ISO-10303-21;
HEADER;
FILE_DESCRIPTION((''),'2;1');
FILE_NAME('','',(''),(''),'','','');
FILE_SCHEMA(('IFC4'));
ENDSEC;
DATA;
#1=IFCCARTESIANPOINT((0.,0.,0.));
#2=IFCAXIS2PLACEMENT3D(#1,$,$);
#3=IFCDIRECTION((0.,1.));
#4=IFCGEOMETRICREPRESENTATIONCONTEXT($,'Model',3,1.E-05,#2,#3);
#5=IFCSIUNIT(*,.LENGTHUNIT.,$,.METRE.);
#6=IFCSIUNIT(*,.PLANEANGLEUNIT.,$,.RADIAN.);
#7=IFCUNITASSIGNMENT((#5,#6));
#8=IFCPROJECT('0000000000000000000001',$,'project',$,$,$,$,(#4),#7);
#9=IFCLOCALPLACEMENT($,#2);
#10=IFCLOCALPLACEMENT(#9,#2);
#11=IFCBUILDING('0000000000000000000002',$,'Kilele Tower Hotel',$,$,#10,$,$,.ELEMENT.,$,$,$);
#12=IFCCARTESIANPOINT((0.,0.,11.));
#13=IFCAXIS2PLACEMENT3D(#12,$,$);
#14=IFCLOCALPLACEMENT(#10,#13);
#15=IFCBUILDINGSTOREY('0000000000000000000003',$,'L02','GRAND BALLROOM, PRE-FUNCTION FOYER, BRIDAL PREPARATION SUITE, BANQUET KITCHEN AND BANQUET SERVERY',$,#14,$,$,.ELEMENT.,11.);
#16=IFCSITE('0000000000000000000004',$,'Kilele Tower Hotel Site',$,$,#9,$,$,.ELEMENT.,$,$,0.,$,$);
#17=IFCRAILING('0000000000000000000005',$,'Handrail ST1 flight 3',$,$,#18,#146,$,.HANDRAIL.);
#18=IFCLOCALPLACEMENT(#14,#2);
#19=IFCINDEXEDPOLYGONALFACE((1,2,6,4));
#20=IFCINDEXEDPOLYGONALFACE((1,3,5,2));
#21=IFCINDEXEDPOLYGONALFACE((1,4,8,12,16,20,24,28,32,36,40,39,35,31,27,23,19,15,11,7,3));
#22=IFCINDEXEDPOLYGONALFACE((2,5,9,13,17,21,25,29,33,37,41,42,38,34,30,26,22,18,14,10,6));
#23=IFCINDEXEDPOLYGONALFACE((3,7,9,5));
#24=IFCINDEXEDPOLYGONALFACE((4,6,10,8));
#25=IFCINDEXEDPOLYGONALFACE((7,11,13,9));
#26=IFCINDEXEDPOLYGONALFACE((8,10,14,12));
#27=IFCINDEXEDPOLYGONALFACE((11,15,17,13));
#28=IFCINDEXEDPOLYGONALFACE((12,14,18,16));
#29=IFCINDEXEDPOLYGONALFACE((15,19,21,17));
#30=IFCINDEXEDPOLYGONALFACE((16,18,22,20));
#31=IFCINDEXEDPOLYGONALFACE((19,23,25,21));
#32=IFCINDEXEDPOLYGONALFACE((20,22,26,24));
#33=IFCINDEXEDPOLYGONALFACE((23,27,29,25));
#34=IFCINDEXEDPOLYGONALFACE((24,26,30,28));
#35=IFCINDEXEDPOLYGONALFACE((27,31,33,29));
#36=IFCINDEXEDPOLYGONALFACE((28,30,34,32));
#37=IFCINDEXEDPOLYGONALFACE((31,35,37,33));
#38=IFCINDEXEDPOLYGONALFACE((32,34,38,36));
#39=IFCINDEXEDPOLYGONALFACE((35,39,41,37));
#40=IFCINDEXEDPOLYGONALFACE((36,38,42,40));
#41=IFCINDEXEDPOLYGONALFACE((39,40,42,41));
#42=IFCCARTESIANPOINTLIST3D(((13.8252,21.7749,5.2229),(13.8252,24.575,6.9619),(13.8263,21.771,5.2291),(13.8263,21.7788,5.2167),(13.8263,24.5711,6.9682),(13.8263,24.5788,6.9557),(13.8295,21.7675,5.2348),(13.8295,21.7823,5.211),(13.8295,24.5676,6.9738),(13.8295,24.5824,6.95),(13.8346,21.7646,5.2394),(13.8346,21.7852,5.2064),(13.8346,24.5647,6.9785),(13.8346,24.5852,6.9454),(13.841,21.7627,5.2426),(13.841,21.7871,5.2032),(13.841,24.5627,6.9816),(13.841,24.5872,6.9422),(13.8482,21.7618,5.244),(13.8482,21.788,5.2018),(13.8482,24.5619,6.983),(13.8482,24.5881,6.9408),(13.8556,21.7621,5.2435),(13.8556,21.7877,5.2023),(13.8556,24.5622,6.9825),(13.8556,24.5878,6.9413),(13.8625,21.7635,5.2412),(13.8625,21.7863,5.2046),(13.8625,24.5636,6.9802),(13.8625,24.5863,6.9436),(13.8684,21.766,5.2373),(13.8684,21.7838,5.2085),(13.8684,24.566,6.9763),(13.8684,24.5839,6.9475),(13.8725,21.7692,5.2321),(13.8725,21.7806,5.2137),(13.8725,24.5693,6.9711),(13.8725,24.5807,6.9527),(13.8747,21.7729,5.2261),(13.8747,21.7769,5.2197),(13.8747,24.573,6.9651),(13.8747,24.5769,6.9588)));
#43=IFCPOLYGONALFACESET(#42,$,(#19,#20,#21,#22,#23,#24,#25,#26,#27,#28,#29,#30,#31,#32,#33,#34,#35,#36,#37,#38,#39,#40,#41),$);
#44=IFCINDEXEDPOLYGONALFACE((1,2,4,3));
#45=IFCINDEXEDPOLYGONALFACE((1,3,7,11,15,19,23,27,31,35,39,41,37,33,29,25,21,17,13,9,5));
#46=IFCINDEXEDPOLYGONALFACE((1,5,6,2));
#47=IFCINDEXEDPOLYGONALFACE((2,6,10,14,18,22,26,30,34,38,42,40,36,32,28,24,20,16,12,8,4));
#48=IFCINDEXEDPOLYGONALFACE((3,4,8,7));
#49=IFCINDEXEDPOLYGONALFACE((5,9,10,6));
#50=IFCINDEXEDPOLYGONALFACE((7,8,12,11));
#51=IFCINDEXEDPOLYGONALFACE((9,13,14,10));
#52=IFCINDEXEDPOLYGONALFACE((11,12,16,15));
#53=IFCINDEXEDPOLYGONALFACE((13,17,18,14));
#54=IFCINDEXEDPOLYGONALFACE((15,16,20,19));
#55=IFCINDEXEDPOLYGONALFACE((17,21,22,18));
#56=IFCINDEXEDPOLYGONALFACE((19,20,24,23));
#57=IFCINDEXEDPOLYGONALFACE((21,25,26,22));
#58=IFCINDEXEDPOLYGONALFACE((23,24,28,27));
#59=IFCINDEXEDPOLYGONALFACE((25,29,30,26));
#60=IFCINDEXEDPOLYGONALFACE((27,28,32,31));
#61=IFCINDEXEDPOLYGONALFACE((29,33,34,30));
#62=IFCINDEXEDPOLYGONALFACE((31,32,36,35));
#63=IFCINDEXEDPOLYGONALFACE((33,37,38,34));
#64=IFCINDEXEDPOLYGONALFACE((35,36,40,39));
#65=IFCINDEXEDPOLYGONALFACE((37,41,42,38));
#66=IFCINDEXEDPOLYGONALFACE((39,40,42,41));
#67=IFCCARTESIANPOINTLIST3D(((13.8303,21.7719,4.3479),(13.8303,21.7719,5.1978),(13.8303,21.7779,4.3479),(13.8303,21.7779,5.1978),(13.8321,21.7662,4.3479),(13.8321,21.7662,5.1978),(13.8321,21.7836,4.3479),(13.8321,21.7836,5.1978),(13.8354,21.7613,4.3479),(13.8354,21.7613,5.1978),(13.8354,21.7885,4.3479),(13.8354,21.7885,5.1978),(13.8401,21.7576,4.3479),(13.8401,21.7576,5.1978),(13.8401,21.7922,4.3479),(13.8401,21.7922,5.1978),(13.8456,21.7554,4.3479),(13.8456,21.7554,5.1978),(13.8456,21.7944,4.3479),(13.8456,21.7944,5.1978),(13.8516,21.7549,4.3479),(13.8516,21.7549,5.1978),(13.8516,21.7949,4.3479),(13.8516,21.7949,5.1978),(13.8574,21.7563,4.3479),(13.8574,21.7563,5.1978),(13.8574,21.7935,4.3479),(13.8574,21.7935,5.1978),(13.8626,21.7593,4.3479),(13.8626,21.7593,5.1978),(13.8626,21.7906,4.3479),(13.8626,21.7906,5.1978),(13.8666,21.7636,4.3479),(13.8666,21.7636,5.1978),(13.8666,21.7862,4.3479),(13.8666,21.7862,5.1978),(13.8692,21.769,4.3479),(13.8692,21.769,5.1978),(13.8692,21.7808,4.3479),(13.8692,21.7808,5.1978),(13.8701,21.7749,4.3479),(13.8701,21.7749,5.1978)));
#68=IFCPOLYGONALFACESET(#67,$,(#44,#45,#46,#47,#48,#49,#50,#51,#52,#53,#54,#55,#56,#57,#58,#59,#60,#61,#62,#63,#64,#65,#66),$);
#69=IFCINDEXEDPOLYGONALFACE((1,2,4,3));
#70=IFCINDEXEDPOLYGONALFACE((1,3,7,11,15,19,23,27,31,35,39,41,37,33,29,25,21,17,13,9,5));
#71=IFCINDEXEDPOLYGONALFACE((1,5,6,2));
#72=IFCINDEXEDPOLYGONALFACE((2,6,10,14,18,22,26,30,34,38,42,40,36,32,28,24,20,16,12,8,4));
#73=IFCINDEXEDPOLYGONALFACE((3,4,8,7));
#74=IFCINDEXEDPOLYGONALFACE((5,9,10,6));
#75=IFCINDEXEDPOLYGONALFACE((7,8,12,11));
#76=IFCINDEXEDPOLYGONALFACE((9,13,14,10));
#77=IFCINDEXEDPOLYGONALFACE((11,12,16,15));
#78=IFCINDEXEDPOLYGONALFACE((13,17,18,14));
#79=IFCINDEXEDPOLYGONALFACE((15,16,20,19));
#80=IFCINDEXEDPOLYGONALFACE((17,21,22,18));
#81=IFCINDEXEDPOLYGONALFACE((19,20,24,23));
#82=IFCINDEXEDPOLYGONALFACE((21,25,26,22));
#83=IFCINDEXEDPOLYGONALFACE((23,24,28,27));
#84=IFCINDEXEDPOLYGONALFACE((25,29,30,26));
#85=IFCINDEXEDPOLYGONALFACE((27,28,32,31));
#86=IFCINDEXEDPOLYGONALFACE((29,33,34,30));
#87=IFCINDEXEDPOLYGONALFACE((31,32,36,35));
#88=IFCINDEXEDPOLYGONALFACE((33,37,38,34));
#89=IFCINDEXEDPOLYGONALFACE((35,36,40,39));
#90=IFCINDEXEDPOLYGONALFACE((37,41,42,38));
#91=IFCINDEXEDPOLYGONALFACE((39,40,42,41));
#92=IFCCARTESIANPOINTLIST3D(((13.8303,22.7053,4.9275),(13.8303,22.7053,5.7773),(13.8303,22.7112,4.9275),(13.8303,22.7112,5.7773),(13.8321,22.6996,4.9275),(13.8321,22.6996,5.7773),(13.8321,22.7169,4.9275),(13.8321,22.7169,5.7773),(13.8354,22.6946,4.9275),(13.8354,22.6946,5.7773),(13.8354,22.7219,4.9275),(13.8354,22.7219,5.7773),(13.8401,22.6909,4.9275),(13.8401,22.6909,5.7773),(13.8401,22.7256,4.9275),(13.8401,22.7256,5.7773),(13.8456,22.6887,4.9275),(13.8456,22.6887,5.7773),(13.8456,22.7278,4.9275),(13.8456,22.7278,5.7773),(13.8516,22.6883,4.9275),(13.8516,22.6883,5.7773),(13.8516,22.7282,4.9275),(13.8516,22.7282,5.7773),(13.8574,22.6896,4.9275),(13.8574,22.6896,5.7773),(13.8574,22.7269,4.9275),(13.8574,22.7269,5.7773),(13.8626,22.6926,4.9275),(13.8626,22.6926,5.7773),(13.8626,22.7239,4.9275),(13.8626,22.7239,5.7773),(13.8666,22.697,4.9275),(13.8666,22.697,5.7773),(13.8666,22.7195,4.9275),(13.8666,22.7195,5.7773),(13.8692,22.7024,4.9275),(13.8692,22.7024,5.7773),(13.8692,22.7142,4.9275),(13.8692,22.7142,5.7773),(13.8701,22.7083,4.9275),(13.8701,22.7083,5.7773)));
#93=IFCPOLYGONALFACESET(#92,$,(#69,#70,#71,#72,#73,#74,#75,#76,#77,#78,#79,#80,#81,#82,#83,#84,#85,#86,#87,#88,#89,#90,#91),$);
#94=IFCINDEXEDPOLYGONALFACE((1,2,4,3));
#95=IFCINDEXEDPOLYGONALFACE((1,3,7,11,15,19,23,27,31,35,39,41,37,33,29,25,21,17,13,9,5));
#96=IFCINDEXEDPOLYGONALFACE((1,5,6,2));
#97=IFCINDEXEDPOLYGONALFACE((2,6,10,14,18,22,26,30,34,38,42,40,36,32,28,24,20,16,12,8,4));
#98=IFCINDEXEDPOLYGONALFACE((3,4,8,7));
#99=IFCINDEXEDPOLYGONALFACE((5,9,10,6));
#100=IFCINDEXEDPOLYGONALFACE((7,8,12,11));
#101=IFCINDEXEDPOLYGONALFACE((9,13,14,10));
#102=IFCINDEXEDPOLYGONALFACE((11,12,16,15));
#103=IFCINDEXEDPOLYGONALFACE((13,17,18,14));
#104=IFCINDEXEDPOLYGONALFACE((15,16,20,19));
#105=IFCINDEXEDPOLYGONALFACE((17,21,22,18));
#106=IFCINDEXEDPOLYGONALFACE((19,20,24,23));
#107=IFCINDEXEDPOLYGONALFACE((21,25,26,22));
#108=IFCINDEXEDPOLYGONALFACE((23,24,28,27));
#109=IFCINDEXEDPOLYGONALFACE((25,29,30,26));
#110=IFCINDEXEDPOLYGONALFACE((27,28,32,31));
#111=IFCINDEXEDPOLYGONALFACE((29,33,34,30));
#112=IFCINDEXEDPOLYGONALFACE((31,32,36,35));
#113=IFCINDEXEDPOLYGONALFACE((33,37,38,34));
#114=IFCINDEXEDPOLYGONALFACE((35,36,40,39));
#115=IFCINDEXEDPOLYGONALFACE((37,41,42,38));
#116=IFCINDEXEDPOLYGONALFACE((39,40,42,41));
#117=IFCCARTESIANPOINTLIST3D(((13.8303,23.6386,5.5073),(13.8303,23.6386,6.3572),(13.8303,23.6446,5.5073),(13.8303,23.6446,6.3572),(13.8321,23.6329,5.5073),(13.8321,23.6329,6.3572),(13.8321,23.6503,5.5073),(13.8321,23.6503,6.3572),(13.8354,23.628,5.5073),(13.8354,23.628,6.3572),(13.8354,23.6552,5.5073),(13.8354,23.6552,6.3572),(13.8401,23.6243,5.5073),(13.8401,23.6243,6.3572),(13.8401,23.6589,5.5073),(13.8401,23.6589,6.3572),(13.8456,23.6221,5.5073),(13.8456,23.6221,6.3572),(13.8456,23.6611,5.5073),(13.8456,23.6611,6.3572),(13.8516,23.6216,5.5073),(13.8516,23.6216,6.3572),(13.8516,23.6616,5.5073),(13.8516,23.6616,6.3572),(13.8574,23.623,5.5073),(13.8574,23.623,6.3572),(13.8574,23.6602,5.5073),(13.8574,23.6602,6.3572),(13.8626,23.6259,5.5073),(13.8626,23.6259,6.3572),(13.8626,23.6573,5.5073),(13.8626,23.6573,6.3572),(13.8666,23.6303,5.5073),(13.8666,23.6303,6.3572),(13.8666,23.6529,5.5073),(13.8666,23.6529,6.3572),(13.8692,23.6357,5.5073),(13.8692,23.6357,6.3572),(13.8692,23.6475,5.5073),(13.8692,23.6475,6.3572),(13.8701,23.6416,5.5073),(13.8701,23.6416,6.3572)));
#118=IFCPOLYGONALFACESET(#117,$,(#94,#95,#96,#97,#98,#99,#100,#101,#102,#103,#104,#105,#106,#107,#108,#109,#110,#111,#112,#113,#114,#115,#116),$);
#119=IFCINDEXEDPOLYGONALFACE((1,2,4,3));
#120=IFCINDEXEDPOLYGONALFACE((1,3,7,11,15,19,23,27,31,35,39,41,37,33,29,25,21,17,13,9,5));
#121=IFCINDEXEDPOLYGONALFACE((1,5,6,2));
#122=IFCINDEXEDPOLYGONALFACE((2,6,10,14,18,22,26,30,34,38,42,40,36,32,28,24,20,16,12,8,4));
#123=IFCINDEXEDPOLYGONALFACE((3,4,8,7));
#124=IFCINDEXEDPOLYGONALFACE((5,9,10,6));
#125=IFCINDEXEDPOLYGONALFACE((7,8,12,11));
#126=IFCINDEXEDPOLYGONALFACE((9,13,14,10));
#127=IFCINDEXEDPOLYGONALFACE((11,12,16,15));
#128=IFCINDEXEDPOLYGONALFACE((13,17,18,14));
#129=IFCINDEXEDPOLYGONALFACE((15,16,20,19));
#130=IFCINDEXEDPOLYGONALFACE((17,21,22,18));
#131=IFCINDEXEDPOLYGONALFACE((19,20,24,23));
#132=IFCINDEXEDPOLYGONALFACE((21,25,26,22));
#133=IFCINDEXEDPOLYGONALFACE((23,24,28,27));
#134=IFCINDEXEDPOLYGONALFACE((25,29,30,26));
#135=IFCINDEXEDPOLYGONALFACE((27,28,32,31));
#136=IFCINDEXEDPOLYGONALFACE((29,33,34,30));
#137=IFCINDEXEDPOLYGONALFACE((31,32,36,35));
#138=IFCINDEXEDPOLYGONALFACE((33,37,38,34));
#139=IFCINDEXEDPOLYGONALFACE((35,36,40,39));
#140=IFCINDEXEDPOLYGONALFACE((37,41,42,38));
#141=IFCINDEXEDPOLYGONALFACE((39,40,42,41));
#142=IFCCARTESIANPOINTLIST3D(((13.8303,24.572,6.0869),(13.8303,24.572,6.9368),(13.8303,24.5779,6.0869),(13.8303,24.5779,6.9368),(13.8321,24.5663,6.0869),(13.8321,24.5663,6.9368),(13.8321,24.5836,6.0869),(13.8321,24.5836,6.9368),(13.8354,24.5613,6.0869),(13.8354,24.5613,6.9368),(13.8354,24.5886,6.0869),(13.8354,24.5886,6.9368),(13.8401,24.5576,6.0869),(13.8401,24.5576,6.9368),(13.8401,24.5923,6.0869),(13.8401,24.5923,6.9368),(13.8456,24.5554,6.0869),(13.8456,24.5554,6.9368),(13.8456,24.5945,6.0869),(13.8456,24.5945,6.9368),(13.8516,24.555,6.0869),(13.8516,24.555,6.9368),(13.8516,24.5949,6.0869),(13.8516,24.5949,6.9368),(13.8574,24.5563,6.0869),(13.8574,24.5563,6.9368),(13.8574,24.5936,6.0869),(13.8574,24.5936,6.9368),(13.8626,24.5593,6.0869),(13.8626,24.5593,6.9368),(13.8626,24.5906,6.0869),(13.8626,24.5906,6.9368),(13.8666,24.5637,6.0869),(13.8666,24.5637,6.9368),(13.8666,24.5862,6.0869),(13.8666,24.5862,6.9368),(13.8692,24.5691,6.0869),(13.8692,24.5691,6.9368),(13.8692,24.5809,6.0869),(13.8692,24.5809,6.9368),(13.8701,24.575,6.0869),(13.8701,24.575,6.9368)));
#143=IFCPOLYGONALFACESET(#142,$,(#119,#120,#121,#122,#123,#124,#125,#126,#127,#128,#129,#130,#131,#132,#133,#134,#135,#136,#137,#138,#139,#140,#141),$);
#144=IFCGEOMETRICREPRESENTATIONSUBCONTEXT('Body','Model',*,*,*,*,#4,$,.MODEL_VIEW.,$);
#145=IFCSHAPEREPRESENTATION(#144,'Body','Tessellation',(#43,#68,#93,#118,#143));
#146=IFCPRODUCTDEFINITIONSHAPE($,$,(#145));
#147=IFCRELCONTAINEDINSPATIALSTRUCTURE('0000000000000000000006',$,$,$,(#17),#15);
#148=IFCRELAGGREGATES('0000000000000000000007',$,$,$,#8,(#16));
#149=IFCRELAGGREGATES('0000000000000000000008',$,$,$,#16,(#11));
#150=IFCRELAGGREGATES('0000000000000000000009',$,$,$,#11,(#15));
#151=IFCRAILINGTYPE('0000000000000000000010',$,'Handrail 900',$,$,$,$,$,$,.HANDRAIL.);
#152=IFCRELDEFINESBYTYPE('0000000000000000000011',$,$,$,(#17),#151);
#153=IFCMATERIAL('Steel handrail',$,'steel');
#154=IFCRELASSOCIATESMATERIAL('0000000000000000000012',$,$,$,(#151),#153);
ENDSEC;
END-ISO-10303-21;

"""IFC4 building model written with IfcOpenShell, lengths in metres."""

from ifc_helpers import new_model, si_unit, direction, frame, origin, origin_2d, place, context, subcontext, project, spatial, circle, extrude, material, type_object, element, save


model = new_model("IFC4")

# Units and contexts
model_context = context("Model", 3, precision=1e-05, world=origin(), true_north=direction((0.0, 1.0)))
body_context = subcontext(model_context, "Body", "Model", "MODEL_VIEW")
ifc_project = project(units=[si_unit("LENGTHUNIT", "METRE"), si_unit("PLANEANGLEUNIT", "RADIAN")], contexts=[model_context])

# Site, building, storey
site_placement = place(None, origin())
site = spatial("IfcSite", under=ifc_project, at=site_placement, Name="Kilele Tower Hotel Site", CompositionType="ELEMENT", RefElevation=0.0)
building_placement = place(site_placement, origin())
building = spatial("IfcBuilding", under=site, at=building_placement, Name="Kilele Tower Hotel", CompositionType="ELEMENT")
storey_placement = place(building_placement, frame((0.0, 0.0, 11.0)))
storey = spatial("IfcBuildingStorey", under=building, at=storey_placement, Name="L02", Description="GRAND BALLROOM, PRE-FUNCTION FOYER, BRIDAL PREPARATION SUITE, BANQUET KITCHEN AND BANQUET SERVERY", CompositionType="ELEMENT", Elevation=11.0)

# Railing
ifc_material_1 = material(Name="Steel handrail", Category="steel")
railing_type_1 = type_object("IfcRailingType", Name="Handrail 900", PredefinedType="HANDRAIL", material=ifc_material_1)
railing_1_placement = place(storey_placement, frame((13.8501, 21.7749, 4.3479)))
element("IfcRailing", 1, at=railing_1_placement, inside=storey, type_object=railing_type_1, Name="Handrail ST1 flight 3", PredefinedType="HANDRAIL", context=body_context, shape_type="SweptSolid", body=[
    extrude(circle(Radius=0.0249, at=origin_2d()), frame((0.0, 0.0, 0.875), z_axis=(0.0, 0.849497, 0.527593), x_axis=(-1.0, 0.0, 0.0)), (0.0, 0.0, 1.0), 3.2961),
    extrude(circle(Radius=0.02, at=origin_2d()), origin(), (0.0, 0.0, 1.0), 0.8499),
    extrude(circle(Radius=0.02, at=origin_2d()), frame((0.0, 0.9333, 0.5796)), (0.0, 0.0, 1.0), 0.8499),
    extrude(circle(Radius=0.02, at=origin_2d()), frame((0.0, 1.8667, 1.1594)), (0.0, 0.0, 1.0), 0.8499),
    extrude(circle(Radius=0.02, at=origin_2d()), frame((0.0, 2.8, 1.739)), (0.0, 0.0, 1.0), 0.8499),
])

save(model, "model.ifc")
